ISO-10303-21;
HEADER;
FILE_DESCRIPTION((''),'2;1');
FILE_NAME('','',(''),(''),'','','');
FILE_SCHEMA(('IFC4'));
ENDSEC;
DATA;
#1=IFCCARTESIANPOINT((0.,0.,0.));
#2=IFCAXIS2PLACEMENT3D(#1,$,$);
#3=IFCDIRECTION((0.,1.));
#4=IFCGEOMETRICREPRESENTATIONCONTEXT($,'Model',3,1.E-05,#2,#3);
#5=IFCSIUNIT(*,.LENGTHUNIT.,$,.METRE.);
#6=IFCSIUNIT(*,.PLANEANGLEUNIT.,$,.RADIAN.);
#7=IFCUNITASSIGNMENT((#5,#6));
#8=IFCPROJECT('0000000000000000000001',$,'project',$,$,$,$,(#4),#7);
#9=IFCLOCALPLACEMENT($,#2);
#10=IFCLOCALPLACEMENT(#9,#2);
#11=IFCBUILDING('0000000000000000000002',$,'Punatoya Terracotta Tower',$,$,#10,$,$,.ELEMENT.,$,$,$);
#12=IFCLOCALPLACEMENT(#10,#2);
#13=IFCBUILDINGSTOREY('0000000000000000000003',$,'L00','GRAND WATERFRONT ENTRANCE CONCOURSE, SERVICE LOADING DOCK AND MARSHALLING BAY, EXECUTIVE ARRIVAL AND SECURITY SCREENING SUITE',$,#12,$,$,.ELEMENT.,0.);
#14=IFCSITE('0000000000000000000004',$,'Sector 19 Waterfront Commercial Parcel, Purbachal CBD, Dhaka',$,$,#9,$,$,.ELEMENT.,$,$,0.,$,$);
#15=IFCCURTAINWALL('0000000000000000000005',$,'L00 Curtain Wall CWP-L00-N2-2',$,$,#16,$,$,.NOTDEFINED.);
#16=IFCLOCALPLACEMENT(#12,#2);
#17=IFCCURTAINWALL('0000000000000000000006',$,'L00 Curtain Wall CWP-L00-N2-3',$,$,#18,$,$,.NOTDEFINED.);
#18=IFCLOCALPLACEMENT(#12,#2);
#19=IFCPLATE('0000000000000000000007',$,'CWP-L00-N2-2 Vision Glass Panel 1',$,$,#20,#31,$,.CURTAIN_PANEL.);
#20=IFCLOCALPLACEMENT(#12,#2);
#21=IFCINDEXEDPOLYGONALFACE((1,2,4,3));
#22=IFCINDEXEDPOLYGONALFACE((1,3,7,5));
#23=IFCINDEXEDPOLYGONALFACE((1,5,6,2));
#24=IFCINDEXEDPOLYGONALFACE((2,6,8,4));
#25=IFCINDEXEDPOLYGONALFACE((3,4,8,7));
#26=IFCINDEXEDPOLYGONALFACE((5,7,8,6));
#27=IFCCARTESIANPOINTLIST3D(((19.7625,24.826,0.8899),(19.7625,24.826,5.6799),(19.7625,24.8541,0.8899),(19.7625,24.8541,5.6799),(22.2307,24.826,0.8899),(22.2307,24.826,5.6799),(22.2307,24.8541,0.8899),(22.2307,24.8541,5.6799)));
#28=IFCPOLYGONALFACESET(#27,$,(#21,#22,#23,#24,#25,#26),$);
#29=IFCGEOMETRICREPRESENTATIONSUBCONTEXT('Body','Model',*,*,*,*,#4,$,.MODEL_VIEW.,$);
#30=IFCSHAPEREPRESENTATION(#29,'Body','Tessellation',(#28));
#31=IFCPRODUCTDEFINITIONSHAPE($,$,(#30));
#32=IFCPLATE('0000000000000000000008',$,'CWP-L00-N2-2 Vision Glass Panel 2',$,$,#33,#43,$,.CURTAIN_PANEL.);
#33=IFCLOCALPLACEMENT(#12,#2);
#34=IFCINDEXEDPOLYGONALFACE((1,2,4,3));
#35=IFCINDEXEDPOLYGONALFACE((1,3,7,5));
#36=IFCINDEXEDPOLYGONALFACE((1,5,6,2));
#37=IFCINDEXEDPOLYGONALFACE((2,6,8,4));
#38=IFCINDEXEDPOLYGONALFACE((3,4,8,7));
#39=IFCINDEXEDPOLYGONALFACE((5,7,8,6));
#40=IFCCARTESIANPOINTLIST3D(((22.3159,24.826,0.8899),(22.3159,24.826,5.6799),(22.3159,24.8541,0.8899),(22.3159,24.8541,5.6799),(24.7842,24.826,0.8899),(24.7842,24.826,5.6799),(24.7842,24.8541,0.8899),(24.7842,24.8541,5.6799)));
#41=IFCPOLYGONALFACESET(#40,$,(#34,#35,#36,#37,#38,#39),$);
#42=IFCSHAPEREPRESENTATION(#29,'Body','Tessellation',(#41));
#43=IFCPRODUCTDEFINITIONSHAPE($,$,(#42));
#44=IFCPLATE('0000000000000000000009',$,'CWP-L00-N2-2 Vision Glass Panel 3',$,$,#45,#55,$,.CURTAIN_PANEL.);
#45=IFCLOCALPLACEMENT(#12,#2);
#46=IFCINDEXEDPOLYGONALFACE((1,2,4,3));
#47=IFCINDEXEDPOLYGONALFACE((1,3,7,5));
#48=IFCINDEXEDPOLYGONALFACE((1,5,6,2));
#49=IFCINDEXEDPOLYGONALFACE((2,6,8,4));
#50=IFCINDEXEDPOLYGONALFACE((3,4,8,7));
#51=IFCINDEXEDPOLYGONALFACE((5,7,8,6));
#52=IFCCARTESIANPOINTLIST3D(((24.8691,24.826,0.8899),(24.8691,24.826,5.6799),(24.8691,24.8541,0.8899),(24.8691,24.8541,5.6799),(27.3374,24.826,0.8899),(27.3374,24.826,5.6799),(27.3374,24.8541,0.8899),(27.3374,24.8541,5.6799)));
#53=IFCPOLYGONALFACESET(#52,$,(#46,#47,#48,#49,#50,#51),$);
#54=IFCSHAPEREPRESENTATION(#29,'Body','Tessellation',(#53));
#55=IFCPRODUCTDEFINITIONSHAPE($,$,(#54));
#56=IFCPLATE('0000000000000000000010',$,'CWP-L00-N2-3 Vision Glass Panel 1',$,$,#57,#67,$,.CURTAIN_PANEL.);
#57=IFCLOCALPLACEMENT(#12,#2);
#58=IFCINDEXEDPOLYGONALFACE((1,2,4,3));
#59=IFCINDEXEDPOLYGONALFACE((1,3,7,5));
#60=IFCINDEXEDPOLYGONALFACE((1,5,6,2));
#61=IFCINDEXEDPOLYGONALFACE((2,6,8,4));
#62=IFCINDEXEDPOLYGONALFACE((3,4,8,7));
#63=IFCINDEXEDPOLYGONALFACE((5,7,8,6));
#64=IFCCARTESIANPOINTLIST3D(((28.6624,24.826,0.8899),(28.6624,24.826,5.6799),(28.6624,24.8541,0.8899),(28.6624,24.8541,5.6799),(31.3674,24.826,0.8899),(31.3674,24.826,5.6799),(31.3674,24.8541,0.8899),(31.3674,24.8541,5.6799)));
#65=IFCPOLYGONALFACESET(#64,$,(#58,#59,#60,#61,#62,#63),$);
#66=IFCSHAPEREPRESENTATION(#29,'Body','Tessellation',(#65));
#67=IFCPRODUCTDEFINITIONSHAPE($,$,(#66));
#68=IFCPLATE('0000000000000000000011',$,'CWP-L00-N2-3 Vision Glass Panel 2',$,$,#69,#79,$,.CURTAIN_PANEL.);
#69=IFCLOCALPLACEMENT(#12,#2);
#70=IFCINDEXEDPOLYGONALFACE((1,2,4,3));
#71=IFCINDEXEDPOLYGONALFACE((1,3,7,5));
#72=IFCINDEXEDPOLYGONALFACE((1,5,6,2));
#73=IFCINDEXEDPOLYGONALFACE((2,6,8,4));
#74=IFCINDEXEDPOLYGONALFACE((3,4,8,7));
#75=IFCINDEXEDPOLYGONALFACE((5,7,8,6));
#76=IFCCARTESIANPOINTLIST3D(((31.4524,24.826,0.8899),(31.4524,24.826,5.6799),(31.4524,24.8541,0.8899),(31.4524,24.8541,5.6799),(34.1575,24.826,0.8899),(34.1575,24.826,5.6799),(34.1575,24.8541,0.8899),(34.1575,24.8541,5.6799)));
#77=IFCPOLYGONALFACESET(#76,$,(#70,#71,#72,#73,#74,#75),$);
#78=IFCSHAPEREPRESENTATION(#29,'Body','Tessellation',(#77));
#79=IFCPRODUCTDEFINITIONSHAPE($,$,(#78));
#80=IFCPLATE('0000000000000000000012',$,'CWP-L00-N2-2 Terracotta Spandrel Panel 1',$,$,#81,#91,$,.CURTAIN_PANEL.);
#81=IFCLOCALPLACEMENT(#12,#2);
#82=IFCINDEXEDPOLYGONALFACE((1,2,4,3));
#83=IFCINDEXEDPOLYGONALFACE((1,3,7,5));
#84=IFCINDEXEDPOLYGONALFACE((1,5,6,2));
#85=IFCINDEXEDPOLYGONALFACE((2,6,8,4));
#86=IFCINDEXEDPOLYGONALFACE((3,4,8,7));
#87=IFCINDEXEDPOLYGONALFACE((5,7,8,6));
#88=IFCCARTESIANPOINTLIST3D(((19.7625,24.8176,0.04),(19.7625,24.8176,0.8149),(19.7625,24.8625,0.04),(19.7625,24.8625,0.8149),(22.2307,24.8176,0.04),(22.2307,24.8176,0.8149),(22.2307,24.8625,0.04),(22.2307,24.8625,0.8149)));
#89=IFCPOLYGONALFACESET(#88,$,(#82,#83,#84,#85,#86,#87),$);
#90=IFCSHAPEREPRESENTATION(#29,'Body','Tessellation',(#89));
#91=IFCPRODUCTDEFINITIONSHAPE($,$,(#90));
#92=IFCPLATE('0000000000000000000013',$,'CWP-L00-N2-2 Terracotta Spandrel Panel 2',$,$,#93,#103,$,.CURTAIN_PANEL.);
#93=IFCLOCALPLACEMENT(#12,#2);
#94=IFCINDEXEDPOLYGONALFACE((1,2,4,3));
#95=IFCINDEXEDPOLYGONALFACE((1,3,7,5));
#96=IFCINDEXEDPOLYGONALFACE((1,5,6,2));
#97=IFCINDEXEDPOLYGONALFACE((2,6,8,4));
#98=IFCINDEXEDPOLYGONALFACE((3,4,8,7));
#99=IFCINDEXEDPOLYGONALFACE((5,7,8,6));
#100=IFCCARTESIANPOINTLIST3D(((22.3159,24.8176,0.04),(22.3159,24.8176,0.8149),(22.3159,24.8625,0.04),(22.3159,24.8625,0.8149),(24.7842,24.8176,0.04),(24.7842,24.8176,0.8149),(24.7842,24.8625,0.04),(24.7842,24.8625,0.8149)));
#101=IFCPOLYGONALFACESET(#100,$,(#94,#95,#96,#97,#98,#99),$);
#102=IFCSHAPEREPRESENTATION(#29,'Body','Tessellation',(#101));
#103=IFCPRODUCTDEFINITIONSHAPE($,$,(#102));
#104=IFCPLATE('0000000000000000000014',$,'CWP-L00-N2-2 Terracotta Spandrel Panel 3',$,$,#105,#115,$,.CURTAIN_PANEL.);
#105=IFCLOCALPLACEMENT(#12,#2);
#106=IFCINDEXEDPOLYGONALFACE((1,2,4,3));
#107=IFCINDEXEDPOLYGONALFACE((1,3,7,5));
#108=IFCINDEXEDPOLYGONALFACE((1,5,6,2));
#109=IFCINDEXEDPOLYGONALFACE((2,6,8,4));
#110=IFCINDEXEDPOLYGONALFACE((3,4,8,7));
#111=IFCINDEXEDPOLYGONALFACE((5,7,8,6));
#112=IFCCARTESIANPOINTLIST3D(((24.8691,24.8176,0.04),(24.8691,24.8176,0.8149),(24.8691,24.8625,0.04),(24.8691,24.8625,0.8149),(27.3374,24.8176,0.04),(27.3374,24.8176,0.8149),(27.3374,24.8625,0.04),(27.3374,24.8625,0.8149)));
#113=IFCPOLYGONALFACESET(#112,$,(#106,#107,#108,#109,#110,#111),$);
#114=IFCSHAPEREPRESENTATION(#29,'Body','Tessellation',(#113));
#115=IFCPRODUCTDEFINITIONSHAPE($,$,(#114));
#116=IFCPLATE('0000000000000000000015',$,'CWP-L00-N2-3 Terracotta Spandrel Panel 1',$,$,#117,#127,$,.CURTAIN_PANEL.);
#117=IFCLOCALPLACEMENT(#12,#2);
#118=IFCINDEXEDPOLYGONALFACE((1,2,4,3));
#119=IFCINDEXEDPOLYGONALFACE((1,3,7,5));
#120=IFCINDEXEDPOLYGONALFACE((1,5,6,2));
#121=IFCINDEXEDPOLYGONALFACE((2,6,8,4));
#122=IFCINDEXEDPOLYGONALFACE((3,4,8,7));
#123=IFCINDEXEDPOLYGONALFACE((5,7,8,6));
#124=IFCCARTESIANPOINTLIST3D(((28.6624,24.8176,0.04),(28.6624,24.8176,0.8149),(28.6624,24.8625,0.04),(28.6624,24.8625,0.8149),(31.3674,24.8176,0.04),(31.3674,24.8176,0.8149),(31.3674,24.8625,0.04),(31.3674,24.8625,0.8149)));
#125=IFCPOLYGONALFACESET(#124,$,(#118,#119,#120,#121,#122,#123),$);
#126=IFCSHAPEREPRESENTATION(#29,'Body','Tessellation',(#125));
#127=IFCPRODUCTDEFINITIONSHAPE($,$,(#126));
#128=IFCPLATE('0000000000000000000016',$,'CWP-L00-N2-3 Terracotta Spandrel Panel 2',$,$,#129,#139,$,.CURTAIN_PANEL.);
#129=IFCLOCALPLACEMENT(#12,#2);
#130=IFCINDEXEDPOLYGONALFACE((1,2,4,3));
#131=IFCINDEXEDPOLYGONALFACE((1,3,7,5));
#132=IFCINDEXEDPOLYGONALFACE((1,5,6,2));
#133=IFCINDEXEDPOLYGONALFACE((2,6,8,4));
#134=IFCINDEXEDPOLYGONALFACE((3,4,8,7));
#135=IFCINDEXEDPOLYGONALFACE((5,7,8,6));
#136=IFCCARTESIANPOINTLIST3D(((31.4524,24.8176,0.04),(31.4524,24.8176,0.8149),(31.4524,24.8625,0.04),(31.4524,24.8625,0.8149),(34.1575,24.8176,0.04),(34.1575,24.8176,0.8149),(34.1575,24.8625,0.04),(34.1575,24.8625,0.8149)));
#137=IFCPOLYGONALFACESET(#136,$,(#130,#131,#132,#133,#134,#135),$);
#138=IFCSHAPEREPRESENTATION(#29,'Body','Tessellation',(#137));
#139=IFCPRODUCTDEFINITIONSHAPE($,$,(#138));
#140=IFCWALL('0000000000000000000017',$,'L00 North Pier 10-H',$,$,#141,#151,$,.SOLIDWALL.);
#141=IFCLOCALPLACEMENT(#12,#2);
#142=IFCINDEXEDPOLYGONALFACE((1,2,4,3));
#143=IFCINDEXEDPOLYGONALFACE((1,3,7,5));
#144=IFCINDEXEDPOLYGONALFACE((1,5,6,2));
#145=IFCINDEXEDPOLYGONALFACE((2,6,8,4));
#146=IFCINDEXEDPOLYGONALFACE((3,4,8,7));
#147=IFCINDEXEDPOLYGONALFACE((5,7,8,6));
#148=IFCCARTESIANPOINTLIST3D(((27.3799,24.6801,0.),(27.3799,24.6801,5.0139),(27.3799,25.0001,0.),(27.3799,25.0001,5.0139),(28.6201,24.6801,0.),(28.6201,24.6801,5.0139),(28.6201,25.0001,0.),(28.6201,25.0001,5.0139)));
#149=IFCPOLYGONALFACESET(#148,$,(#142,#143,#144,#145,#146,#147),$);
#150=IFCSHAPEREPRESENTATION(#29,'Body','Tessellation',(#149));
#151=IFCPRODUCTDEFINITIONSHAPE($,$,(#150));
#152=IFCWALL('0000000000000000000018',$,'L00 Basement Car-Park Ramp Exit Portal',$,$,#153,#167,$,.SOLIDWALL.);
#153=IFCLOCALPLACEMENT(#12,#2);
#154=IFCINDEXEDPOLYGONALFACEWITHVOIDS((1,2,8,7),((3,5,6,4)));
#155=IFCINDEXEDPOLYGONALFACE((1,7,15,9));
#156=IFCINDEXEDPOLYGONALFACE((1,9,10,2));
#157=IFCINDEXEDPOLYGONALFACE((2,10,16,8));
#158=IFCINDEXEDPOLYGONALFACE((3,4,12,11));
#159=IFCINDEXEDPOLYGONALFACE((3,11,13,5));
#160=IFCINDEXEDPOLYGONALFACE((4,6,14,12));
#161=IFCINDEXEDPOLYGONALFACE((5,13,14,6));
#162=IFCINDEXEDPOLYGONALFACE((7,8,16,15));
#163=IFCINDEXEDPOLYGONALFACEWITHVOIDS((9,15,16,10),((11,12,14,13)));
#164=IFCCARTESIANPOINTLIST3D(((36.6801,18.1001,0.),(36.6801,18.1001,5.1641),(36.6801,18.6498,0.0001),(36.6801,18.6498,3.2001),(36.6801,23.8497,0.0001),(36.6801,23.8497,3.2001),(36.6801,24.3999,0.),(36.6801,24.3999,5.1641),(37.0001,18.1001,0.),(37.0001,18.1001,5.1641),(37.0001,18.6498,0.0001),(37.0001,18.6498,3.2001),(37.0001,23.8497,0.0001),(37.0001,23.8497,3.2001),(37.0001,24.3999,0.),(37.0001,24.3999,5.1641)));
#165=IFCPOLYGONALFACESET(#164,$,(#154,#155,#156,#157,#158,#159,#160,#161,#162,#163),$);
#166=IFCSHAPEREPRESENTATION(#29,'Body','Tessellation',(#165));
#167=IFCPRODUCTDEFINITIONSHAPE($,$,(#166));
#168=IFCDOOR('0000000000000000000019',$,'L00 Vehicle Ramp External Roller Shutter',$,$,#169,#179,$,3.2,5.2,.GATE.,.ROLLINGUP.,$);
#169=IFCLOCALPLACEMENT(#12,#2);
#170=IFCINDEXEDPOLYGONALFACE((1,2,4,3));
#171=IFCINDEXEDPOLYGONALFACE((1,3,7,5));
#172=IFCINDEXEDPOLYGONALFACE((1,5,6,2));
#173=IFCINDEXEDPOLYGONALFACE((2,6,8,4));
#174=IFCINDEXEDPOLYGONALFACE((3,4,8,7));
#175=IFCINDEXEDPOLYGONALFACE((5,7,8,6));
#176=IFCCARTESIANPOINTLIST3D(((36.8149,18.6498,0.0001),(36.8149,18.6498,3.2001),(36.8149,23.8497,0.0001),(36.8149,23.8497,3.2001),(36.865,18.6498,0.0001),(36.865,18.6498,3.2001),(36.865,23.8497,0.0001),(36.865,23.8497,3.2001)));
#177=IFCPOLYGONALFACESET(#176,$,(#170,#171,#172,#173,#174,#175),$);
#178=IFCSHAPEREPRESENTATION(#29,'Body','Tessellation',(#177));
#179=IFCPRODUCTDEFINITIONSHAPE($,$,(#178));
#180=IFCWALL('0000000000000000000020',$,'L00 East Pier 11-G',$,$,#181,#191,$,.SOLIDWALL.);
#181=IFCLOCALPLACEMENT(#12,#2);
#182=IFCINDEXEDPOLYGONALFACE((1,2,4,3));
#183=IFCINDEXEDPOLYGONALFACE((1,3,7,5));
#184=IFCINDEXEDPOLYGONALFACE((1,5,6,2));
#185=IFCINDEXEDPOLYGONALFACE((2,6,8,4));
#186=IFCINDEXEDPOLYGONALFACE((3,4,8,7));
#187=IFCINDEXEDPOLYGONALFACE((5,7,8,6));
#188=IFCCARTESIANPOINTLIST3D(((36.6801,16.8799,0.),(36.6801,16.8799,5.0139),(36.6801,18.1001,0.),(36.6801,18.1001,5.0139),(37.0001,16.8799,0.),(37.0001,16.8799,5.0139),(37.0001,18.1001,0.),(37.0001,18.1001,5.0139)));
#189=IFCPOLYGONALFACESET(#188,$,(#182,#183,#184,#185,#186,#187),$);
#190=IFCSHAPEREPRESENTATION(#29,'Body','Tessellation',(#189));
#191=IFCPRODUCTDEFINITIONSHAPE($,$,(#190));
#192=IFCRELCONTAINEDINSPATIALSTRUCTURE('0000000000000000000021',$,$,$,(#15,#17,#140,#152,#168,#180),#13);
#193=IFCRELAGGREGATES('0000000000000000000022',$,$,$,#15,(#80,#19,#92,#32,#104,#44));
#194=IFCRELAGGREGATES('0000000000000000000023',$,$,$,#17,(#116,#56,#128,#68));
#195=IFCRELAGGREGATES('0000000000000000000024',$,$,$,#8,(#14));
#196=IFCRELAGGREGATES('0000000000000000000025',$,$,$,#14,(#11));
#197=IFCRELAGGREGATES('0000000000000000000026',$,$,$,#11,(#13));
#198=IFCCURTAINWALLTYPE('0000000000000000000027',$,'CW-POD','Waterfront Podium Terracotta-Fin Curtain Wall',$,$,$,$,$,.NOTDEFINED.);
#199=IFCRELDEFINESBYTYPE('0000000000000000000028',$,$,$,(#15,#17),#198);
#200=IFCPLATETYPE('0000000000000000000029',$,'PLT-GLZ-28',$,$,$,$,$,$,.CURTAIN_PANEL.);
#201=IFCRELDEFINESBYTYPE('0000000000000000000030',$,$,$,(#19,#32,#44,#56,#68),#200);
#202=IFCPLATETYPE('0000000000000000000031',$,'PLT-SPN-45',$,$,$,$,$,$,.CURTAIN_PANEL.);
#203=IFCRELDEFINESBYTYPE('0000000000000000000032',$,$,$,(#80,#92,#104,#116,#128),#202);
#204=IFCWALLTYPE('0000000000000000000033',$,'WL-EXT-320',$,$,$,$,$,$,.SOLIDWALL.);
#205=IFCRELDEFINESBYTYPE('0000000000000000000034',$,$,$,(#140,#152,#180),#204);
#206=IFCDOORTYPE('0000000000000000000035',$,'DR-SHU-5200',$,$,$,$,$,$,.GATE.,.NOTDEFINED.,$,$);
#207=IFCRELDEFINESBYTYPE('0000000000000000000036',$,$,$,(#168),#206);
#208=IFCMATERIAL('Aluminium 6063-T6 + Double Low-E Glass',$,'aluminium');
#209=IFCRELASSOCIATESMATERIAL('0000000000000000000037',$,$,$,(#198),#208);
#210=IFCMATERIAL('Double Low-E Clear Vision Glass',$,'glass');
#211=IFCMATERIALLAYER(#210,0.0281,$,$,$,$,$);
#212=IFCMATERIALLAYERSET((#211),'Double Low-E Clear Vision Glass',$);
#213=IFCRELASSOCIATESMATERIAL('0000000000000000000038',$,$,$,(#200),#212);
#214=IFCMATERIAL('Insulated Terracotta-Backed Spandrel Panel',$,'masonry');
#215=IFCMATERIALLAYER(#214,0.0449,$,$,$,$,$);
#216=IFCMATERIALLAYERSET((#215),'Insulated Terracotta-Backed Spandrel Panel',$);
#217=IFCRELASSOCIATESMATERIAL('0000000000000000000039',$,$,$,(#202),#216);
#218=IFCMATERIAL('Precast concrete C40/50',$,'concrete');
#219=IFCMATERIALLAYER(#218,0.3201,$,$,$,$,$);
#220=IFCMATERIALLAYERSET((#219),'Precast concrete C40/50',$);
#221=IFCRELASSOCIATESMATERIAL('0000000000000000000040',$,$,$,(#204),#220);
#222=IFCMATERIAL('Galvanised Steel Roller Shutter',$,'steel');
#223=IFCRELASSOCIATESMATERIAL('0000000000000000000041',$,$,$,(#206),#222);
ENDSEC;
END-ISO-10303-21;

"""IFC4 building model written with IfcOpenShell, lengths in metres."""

from ifc_helpers import new_model, si_unit, direction, frame, frame_2d, origin, origin_2d, place, context, subcontext, project, spatial, rectangle, extrude, material, layer, layer_set, type_object, element, fill, aggregate, save


model = new_model("IFC4")

# Units and contexts
model_context = context("Model", 3, precision=1e-05, world=origin(), true_north=direction((0.0, 1.0)))
body_context = subcontext(model_context, "Body", "Model", "MODEL_VIEW")
ifc_project = project(units=[si_unit("LENGTHUNIT", "METRE"), si_unit("PLANEANGLEUNIT", "RADIAN")], contexts=[model_context])

# Site, building, storey
site_placement = place(None, origin())
site = spatial("IfcSite", under=ifc_project, at=site_placement, Name="Sector 19 Waterfront Commercial Parcel, Purbachal CBD, Dhaka", CompositionType="ELEMENT", RefElevation=0.0)
building_placement = place(site_placement, origin())
building = spatial("IfcBuilding", under=site, at=building_placement, Name="Punatoya Terracotta Tower", CompositionType="ELEMENT")
storey_placement = place(building_placement, origin())
storey = spatial("IfcBuildingStorey", under=building, at=storey_placement, Name="L00", Description="GRAND WATERFRONT ENTRANCE CONCOURSE, SERVICE LOADING DOCK AND MARSHALLING BAY, EXECUTIVE ARRIVAL AND SECURITY SCREENING SUITE", CompositionType="ELEMENT", Elevation=0.0)

# Curtain walls
ifc_material_1 = material(Name="Aluminium 6063-T6 + Double Low-E Glass", Category="aluminium")
curtain_wall_type = type_object("IfcCurtainWallType", Name="CW-POD", Description="Waterfront Podium Terracotta-Fin Curtain Wall", PredefinedType="NOTDEFINED", material=ifc_material_1)
curtain_wall_1_placement = place(storey_placement, origin())
curtain_wall_1 = element("IfcCurtainWall", 1, at=curtain_wall_1_placement, inside=storey, type_object=curtain_wall_type, Name="L00 Curtain Wall CWP-L00-N2-2", PredefinedType="NOTDEFINED")
curtain_wall_2_placement = place(storey_placement, origin())
curtain_wall_2 = element("IfcCurtainWall", 2, at=curtain_wall_2_placement, inside=storey, type_object=curtain_wall_type, Name="L00 Curtain Wall CWP-L00-N2-3", PredefinedType="NOTDEFINED")

# Plates
ifc_material_2 = material(Name="Double Low-E Clear Vision Glass", Category="glass")
ifc_layer_1 = layer(ifc_material_2, 0.0281)
ifc_layer_set_1 = layer_set([ifc_layer_1], Name="Double Low-E Clear Vision Glass")
plate_type_1 = type_object("IfcPlateType", Name="PLT-GLZ-28", PredefinedType="CURTAIN_PANEL", material=ifc_layer_set_1)
plate_1_placement = place(storey_placement, frame((20.9966, 24.8401, 0.8899), z_axis=(0.0, 0.0, 1.0), x_axis=(1.0, 0.0, 0.0)))
plate_1 = element("IfcPlate", 3, at=plate_1_placement, type_object=plate_type_1, Name="CWP-L00-N2-2 Vision Glass Panel 1", PredefinedType="CURTAIN_PANEL", context=body_context, shape_type="SweptSolid", body=[
    extrude(rectangle(XDim=2.4683, YDim=0.0281, at=origin_2d()), origin(), (0.0, 0.0, 1.0), 4.79),
])
plate_2_placement = place(storey_placement, frame((23.55, 24.8401, 0.8899), z_axis=(0.0, 0.0, 1.0), x_axis=(1.0, 0.0, 0.0)))
plate_2 = element("IfcPlate", 4, at=plate_2_placement, type_object=plate_type_1, Name="CWP-L00-N2-2 Vision Glass Panel 2", PredefinedType="CURTAIN_PANEL", context=body_context, shape_type="SweptSolid", body=[
    extrude(rectangle(XDim=2.4683, YDim=0.0281, at=origin_2d()), origin(), (0.0, 0.0, 1.0), 4.79),
])
plate_3_placement = place(storey_placement, frame((26.1033, 24.8401, 0.8899), z_axis=(0.0, 0.0, 1.0), x_axis=(1.0, 0.0, 0.0)))
plate_3 = element("IfcPlate", 5, at=plate_3_placement, type_object=plate_type_1, Name="CWP-L00-N2-2 Vision Glass Panel 3", PredefinedType="CURTAIN_PANEL", context=body_context, shape_type="SweptSolid", body=[
    extrude(rectangle(XDim=2.4683, YDim=0.0281, at=origin_2d()), origin(), (0.0, 0.0, 1.0), 4.79),
])
plate_4_placement = place(storey_placement, frame((30.0149, 24.8401, 0.8899), z_axis=(0.0, 0.0, 1.0), x_axis=(1.0, 0.0, 0.0)))
plate_4 = element("IfcPlate", 6, at=plate_4_placement, type_object=plate_type_1, Name="CWP-L00-N2-3 Vision Glass Panel 1", PredefinedType="CURTAIN_PANEL", context=body_context, shape_type="SweptSolid", body=[
    extrude(rectangle(XDim=2.7051, YDim=0.0281, at=origin_2d()), origin(), (0.0, 0.0, 1.0), 4.79),
])
plate_5_placement = place(storey_placement, frame((32.8049, 24.8401, 0.8899), z_axis=(0.0, 0.0, 1.0), x_axis=(1.0, 0.0, 0.0)))
plate_5 = element("IfcPlate", 7, at=plate_5_placement, type_object=plate_type_1, Name="CWP-L00-N2-3 Vision Glass Panel 2", PredefinedType="CURTAIN_PANEL", context=body_context, shape_type="SweptSolid", body=[
    extrude(rectangle(XDim=2.7051, YDim=0.0281, at=origin_2d()), origin(), (0.0, 0.0, 1.0), 4.79),
])
ifc_material_3 = material(Name="Insulated Terracotta-Backed Spandrel Panel", Category="masonry")
ifc_layer_2 = layer(ifc_material_3, 0.0449)
ifc_layer_set_2 = layer_set([ifc_layer_2], Name="Insulated Terracotta-Backed Spandrel Panel")
plate_type_2 = type_object("IfcPlateType", Name="PLT-SPN-45", PredefinedType="CURTAIN_PANEL", material=ifc_layer_set_2)
plate_6_placement = place(storey_placement, frame((20.9966, 24.8401, 0.04), z_axis=(0.0, 0.0, 1.0), x_axis=(1.0, 0.0, 0.0)))
plate_6 = element("IfcPlate", 8, at=plate_6_placement, type_object=plate_type_2, Name="CWP-L00-N2-2 Terracotta Spandrel Panel 1", PredefinedType="CURTAIN_PANEL", context=body_context, shape_type="SweptSolid", body=[
    extrude(rectangle(XDim=2.4683, YDim=0.0449, at=origin_2d()), origin(), (0.0, 0.0, 1.0), 0.7749),
])
plate_7_placement = place(storey_placement, frame((23.55, 24.8401, 0.04), z_axis=(0.0, 0.0, 1.0), x_axis=(1.0, 0.0, 0.0)))
plate_7 = element("IfcPlate", 9, at=plate_7_placement, type_object=plate_type_2, Name="CWP-L00-N2-2 Terracotta Spandrel Panel 2", PredefinedType="CURTAIN_PANEL", context=body_context, shape_type="SweptSolid", body=[
    extrude(rectangle(XDim=2.4683, YDim=0.0449, at=origin_2d()), origin(), (0.0, 0.0, 1.0), 0.7749),
])
plate_8_placement = place(storey_placement, frame((26.1033, 24.8401, 0.04), z_axis=(0.0, 0.0, 1.0), x_axis=(1.0, 0.0, 0.0)))
plate_8 = element("IfcPlate", 10, at=plate_8_placement, type_object=plate_type_2, Name="CWP-L00-N2-2 Terracotta Spandrel Panel 3", PredefinedType="CURTAIN_PANEL", context=body_context, shape_type="SweptSolid", body=[
    extrude(rectangle(XDim=2.4683, YDim=0.0449, at=origin_2d()), origin(), (0.0, 0.0, 1.0), 0.7749),
])
aggregate(curtain_wall_1, [plate_6, plate_1, plate_7, plate_2, plate_8, plate_3])
plate_9_placement = place(storey_placement, frame((30.0149, 24.8401, 0.04), z_axis=(0.0, 0.0, 1.0), x_axis=(1.0, 0.0, 0.0)))
plate_9 = element("IfcPlate", 11, at=plate_9_placement, type_object=plate_type_2, Name="CWP-L00-N2-3 Terracotta Spandrel Panel 1", PredefinedType="CURTAIN_PANEL", context=body_context, shape_type="SweptSolid", body=[
    extrude(rectangle(XDim=2.7051, YDim=0.0449, at=origin_2d()), origin(), (0.0, 0.0, 1.0), 0.7749),
])
plate_10_placement = place(storey_placement, frame((32.8049, 24.8401, 0.04), z_axis=(0.0, 0.0, 1.0), x_axis=(1.0, 0.0, 0.0)))
plate_10 = element("IfcPlate", 12, at=plate_10_placement, type_object=plate_type_2, Name="CWP-L00-N2-3 Terracotta Spandrel Panel 2", PredefinedType="CURTAIN_PANEL", context=body_context, shape_type="SweptSolid", body=[
    extrude(rectangle(XDim=2.7051, YDim=0.0449, at=origin_2d()), origin(), (0.0, 0.0, 1.0), 0.7749),
])
aggregate(curtain_wall_2, [plate_9, plate_4, plate_10, plate_5])

# Wall
ifc_material_4 = material(Name="Precast concrete C40/50", Category="concrete")
ifc_layer_3 = layer(ifc_material_4, 0.3201)
ifc_layer_set_3 = layer_set([ifc_layer_3], Name="Precast concrete C40/50")
wall_type = type_object("IfcWallType", Name="WL-EXT-320", PredefinedType="SOLIDWALL", material=ifc_layer_set_3)
wall_1_placement = place(storey_placement, frame((27.3799, 24.8401, 0.0), z_axis=(0.0, 0.0, 1.0), x_axis=(1.0, 0.0, 0.0)))
element("IfcWall", 13, at=wall_1_placement, inside=storey, type_object=wall_type, Name="L00 North Pier 10-H", PredefinedType="SOLIDWALL", context=body_context, shape_type="SweptSolid", body=[
    extrude(rectangle(XDim=1.2402, YDim=0.3201, at=frame_2d((0.6201, 0.0))), origin(), (0.0, 0.0, 1.0), 5.0139),
])

# Wall, opening, door
wall_2_placement = place(storey_placement, frame((36.8401, 24.3999, 0.0), z_axis=(0.0, 0.0, 1.0), x_axis=(0.0, -1.0, 0.0)))
wall_2 = element("IfcWall", 14, at=wall_2_placement, inside=storey, type_object=wall_type, Name="L00 Basement Car-Park Ramp Exit Portal", PredefinedType="SOLIDWALL", context=body_context, shape_type="SweptSolid", body=[
    extrude(rectangle(XDim=6.2998, YDim=0.3201, at=frame_2d((3.1499, 0.0))), origin(), (0.0, 0.0, 1.0), 5.1641),
])
opening_placement = place(wall_2_placement, frame((0.55, 0.0, 0.0)))
opening = element("IfcOpeningElement", 15, at=opening_placement, cuts=wall_2, PredefinedType="OPENING", context=body_context, shape_type="SweptSolid", body=[
    extrude(rectangle(XDim=5.2, YDim=3.2, at=frame_2d((2.6001, 1.6001))), frame((0.0, 0.1699, 0.0), z_axis=(0.0, -1.0, 0.0), x_axis=(1.0, 0.0, 0.0)), (0.0, 0.0, 1.0), 0.3401),
])
ifc_material_5 = material(Name="Galvanised Steel Roller Shutter", Category="steel")
door_type = type_object("IfcDoorType", Name="DR-SHU-5200", OperationType="NOTDEFINED", PredefinedType="GATE", material=ifc_material_5)
door_placement = place(opening_placement, origin())
door = element("IfcDoor", 16, at=door_placement, inside=storey, type_object=door_type, Name="L00 Vehicle Ramp External Roller Shutter", OperationType="ROLLINGUP", OverallHeight=3.2, OverallWidth=5.2, PredefinedType="GATE", context=body_context, shape_type="SweptSolid", body=[
    extrude(rectangle(XDim=5.2, YDim=3.2, at=frame_2d((2.6001, 1.6001))), frame((0.0, 0.0249, 0.0), z_axis=(0.0, -1.0, 0.0), x_axis=(1.0, 0.0, 0.0)), (0.0, 0.0, 1.0), 0.05),
])
fill(opening, door)

# Wall
wall_3_placement = place(storey_placement, frame((36.8401, 18.1001, 0.0), z_axis=(0.0, 0.0, 1.0), x_axis=(0.0, -1.0, 0.0)))
element("IfcWall", 17, at=wall_3_placement, inside=storey, type_object=wall_type, Name="L00 East Pier 11-G", PredefinedType="SOLIDWALL", context=body_context, shape_type="SweptSolid", body=[
    extrude(rectangle(XDim=1.2202, YDim=0.3201, at=frame_2d((0.6101, 0.0))), origin(), (0.0, 0.0, 1.0), 5.0139),
])

save(model, "model.ifc")
